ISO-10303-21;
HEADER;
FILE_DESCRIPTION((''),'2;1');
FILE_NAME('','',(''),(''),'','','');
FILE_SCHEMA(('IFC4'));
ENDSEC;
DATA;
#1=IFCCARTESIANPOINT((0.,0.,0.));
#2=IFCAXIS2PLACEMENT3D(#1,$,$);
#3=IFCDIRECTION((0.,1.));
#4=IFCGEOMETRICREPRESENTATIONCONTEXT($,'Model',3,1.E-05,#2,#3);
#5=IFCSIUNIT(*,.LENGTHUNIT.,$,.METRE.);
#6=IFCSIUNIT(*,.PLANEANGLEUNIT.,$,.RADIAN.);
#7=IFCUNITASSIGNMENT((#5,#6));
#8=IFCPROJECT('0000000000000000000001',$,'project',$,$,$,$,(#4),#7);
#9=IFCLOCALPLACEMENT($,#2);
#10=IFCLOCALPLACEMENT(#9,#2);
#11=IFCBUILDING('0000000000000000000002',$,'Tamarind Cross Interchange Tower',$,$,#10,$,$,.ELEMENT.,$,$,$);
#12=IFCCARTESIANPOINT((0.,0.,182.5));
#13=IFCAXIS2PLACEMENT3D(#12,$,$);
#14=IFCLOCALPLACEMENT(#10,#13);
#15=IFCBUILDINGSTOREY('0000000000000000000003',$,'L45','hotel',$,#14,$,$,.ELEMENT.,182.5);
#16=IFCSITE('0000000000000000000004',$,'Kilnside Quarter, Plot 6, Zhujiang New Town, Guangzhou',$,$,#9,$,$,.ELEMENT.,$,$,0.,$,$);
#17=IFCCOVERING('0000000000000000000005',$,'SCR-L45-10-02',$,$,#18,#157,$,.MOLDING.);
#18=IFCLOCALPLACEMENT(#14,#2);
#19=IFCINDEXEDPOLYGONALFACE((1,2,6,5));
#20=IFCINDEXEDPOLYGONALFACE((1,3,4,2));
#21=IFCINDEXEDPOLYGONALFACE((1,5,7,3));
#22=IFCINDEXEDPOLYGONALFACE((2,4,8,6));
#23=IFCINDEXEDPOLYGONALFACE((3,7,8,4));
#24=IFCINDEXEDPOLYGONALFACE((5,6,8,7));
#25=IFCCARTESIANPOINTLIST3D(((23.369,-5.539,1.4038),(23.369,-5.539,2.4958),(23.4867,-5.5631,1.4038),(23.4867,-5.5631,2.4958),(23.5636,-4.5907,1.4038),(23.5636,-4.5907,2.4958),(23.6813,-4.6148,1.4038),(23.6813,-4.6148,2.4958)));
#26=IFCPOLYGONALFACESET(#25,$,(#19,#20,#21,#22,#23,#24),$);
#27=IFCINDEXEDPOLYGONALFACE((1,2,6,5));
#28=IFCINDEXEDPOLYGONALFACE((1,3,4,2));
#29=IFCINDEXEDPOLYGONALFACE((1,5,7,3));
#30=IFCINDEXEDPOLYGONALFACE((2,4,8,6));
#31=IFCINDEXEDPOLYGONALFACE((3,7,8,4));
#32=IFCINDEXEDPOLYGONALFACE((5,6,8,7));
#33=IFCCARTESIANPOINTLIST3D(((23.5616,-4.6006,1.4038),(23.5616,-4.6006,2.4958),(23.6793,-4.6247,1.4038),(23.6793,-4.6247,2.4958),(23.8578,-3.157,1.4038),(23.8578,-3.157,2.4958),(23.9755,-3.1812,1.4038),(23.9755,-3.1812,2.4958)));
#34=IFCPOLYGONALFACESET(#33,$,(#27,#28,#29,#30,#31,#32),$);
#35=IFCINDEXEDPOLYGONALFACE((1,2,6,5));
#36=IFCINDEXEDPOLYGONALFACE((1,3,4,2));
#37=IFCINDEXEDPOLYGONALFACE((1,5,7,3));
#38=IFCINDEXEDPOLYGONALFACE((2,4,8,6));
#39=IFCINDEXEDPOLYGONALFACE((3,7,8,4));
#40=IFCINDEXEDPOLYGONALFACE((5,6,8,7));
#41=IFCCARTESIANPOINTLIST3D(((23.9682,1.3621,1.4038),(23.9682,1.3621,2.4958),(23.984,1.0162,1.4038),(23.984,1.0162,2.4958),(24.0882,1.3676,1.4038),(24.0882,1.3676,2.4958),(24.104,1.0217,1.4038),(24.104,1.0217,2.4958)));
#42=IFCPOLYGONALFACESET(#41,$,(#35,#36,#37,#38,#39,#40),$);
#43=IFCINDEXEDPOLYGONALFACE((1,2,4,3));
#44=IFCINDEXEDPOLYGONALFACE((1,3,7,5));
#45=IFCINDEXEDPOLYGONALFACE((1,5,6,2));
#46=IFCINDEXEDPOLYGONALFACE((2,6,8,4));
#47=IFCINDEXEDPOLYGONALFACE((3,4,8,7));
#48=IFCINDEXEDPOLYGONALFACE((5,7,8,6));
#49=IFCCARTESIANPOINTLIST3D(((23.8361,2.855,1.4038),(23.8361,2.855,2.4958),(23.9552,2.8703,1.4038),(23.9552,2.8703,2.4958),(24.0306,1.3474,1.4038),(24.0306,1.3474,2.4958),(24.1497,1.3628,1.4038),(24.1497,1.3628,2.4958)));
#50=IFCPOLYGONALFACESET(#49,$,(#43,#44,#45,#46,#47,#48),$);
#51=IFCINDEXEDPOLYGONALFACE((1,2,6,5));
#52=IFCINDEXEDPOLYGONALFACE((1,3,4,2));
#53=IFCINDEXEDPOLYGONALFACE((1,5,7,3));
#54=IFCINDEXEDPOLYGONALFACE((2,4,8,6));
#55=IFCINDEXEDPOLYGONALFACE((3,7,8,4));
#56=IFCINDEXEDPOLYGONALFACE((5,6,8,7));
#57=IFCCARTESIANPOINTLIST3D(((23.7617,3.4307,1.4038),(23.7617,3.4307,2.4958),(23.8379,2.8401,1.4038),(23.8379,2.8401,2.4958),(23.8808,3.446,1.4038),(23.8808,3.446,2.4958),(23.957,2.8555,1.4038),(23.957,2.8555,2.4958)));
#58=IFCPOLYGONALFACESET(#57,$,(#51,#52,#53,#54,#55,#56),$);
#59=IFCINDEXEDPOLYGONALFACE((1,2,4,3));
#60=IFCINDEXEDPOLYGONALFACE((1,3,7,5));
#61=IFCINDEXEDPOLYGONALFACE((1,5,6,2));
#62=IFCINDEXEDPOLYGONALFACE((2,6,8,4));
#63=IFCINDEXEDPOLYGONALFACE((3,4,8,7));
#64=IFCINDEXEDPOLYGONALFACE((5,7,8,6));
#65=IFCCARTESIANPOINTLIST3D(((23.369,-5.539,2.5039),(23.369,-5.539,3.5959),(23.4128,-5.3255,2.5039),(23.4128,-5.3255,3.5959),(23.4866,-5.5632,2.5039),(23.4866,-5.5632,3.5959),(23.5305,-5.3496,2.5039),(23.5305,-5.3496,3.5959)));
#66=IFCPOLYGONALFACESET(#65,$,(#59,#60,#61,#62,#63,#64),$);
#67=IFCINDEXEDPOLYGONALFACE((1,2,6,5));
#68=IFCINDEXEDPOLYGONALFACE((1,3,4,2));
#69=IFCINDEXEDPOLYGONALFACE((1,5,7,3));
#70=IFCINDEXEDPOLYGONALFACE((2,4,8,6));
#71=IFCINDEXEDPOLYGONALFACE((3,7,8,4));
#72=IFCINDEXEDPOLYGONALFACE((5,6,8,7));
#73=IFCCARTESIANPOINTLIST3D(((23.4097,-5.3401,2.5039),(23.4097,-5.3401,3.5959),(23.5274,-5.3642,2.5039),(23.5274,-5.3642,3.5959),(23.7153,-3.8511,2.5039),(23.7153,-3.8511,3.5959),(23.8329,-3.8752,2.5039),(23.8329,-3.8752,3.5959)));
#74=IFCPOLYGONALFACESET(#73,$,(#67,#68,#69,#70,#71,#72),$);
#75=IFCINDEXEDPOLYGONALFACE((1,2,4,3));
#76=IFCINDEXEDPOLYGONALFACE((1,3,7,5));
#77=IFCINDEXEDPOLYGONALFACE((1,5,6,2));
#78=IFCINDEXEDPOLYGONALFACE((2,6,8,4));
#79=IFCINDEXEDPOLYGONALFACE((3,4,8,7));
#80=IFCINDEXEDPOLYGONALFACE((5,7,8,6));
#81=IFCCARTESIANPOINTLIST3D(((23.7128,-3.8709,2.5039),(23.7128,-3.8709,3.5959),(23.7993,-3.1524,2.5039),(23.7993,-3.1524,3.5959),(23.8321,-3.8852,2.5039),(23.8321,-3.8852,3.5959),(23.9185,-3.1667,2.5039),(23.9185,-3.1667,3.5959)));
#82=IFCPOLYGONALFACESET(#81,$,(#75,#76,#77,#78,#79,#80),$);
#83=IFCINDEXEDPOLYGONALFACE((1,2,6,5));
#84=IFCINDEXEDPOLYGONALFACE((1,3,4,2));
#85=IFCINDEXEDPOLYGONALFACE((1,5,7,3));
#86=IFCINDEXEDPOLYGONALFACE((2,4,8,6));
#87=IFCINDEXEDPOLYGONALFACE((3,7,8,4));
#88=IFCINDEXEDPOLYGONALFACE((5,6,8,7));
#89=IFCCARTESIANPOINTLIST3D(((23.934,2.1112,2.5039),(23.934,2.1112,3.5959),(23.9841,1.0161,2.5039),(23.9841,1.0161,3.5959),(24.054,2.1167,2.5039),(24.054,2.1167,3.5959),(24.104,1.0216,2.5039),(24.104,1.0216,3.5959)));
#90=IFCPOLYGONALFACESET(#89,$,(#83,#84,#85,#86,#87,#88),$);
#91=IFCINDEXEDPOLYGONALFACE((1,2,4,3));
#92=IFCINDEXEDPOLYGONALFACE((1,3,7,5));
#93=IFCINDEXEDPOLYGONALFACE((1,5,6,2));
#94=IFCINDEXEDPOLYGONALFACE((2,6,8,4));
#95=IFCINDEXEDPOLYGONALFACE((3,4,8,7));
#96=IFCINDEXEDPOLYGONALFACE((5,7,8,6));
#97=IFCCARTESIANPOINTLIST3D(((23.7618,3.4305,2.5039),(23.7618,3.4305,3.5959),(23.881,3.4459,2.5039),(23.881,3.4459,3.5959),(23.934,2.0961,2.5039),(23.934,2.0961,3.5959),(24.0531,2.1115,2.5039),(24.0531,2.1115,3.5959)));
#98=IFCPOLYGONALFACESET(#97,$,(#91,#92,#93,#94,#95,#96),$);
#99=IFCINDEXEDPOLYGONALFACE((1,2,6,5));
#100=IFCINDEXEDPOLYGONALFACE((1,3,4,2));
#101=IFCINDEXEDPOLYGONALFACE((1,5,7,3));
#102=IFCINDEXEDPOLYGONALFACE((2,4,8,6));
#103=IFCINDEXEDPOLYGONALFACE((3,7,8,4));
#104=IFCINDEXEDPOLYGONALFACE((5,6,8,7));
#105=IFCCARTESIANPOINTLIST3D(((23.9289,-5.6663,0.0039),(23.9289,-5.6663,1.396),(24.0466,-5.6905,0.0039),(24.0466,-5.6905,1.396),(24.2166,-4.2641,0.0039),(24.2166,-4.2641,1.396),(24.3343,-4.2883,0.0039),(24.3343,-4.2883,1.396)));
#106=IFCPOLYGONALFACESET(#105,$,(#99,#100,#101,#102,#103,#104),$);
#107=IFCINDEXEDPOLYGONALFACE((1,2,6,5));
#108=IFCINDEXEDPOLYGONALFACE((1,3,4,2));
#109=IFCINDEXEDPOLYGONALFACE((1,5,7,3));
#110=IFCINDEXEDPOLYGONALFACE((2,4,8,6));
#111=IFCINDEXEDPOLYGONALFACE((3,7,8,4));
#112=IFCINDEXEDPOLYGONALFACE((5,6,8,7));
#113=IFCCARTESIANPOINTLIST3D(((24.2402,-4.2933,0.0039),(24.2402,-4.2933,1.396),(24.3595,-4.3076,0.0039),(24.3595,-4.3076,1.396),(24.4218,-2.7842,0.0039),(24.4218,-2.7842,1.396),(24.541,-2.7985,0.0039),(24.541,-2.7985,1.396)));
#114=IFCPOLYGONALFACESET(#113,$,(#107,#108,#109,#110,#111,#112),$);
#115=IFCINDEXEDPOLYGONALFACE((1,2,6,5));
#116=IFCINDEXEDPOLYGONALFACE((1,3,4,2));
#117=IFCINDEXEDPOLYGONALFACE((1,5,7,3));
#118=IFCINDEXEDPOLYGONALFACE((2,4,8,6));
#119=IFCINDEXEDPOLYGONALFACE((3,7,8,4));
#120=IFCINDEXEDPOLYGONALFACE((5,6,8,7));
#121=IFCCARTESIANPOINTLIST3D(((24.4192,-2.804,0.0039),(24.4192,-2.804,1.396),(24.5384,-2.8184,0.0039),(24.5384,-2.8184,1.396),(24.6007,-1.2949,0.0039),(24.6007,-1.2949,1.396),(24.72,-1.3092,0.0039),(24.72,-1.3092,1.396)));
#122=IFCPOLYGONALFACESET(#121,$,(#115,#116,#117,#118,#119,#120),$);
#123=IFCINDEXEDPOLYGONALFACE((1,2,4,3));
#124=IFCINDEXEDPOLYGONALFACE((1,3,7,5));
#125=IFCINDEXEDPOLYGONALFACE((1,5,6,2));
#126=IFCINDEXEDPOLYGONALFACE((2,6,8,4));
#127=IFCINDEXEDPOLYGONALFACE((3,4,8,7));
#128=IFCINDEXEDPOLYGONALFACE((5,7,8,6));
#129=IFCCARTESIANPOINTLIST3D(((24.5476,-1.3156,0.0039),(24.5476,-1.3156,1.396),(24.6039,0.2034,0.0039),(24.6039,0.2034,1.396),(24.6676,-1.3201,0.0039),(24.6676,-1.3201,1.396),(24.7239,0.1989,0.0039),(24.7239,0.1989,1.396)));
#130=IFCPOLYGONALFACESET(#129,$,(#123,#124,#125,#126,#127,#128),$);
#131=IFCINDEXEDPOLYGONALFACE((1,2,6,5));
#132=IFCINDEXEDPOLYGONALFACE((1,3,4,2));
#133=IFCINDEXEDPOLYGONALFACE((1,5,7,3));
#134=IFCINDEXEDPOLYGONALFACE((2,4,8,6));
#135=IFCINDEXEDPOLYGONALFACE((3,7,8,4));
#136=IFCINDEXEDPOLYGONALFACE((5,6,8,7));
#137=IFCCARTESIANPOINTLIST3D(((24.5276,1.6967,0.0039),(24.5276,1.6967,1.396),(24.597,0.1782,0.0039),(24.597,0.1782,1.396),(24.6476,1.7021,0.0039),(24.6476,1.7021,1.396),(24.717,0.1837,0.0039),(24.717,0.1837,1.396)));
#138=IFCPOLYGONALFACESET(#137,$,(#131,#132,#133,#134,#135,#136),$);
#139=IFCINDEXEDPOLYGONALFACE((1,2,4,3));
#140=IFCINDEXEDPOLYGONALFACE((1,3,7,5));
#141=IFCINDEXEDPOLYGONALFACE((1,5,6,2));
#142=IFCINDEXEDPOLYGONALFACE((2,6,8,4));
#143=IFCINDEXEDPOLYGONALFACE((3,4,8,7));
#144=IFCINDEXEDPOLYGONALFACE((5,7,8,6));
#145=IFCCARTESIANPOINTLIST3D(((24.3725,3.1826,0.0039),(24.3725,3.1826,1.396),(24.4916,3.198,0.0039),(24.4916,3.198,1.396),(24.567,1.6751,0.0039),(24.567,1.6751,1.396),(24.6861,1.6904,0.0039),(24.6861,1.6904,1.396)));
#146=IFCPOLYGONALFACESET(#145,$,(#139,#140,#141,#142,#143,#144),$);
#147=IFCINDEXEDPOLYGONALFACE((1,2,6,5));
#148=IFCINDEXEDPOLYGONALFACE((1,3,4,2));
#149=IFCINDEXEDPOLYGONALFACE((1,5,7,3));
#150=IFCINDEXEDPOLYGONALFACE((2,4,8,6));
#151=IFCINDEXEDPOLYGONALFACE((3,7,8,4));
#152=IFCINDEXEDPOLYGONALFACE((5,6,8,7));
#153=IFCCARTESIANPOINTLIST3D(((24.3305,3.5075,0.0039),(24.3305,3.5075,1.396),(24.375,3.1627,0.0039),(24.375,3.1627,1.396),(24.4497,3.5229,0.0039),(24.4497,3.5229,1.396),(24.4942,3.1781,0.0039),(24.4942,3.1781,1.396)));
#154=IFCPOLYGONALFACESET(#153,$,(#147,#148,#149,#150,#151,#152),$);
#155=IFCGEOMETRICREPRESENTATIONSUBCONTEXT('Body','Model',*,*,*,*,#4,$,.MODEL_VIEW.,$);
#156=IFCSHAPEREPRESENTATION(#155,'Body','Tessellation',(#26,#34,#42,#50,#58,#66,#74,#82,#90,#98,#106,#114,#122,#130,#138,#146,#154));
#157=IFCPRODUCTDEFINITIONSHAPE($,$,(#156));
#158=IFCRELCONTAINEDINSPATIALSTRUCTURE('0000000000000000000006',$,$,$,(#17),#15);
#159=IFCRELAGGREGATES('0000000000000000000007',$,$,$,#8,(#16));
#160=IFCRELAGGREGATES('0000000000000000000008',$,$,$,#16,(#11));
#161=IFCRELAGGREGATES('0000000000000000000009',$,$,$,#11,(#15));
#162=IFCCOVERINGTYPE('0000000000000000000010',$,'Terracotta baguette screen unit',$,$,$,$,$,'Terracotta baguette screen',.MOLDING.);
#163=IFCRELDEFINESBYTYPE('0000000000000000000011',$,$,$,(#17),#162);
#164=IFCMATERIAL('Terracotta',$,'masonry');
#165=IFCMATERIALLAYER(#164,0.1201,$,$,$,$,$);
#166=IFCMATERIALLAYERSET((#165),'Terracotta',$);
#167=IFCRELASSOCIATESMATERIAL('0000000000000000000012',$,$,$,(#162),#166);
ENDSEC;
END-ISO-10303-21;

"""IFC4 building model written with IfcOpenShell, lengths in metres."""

from ifc_helpers import new_model, si_unit, direction, frame, origin, origin_2d, place, context, subcontext, project, spatial, rectangle, extrude, material, layer, layer_set, type_object, element, save


model = new_model("IFC4")

# Units and contexts
model_context = context("Model", 3, precision=1e-05, world=origin(), true_north=direction((0.0, 1.0)))
body_context = subcontext(model_context, "Body", "Model", "MODEL_VIEW")
ifc_project = project(units=[si_unit("LENGTHUNIT", "METRE"), si_unit("PLANEANGLEUNIT", "RADIAN")], contexts=[model_context])

# Site, building, storey
site_placement = place(None, origin())
site = spatial("IfcSite", under=ifc_project, at=site_placement, Name="Kilnside Quarter, Plot 6, Zhujiang New Town, Guangzhou", CompositionType="ELEMENT", RefElevation=0.0)
building_placement = place(site_placement, origin())
building = spatial("IfcBuilding", under=site, at=building_placement, Name="Tamarind Cross Interchange Tower", CompositionType="ELEMENT")
storey_placement = place(building_placement, frame((0.0, 0.0, 182.5)))
storey = spatial("IfcBuildingStorey", under=building, at=storey_placement, Name="L45", Description="hotel", CompositionType="ELEMENT", Elevation=182.5)

# Covering
ifc_material_1 = material(Name="Terracotta", Category="masonry")
ifc_layer_1 = layer(ifc_material_1, 0.1201)
ifc_layer_set_1 = layer_set([ifc_layer_1], Name="Terracotta")
covering_type = type_object("IfcCoveringType", Name="Terracotta baguette screen unit", ElementType="Terracotta baguette screen", PredefinedType="MOLDING", material=ifc_layer_set_1)
covering_1_placement = place(storey_placement, origin())
element("IfcCovering", 1, at=covering_1_placement, inside=storey, type_object=covering_type, Name="SCR-L45-10-02", PredefinedType="MOLDING", context=body_context, shape_type="SweptSolid", body=[
    extrude(rectangle(XDim=0.968, YDim=0.1201, at=origin_2d()), frame((23.5251, -5.0769, 1.4038), z_axis=(0.0, 0.0, 1.0), x_axis=(0.201001, 0.979591, 0.0)), (0.0, 0.0, 1.0), 1.092),
    extrude(rectangle(XDim=1.4736, YDim=0.1201, at=origin_2d()), frame((23.7686, -3.8909, 1.4038), z_axis=(0.0, 0.0, 1.0), x_axis=(0.201001, 0.979591, 0.0)), (0.0, 0.0, 1.0), 1.092),
    extrude(rectangle(XDim=0.3462, YDim=0.1201, at=origin_2d()), frame((24.0361, 1.1919, 1.4038), z_axis=(0.0, 0.0, 1.0), x_axis=(-0.045624, 0.998959, 0.0)), (0.0, 0.0, 1.0), 1.092),
    extrude(rectangle(XDim=1.52, YDim=0.1201, at=origin_2d()), frame((23.9929, 2.1089, 1.4038), z_axis=(0.0, 0.0, 1.0), x_axis=(-0.127962, 0.991779, 0.0)), (0.0, 0.0, 1.0), 1.092),
    extrude(rectangle(XDim=0.5955, YDim=0.1201, at=origin_2d()), frame((23.8594, 3.1431, 1.4038), z_axis=(0.0, 0.0, 1.0), x_axis=(-0.127962, 0.991779, 0.0)), (0.0, 0.0, 1.0), 1.092),
    extrude(rectangle(XDim=0.218, YDim=0.1201, at=origin_2d()), frame((23.4497, -5.4443, 2.5039), z_axis=(0.0, 0.0, 1.0), x_axis=(0.201001, 0.979591, 0.0)), (0.0, 0.0, 1.0), 1.092),
    extrude(rectangle(XDim=1.52, YDim=0.1201, at=origin_2d()), frame((23.6213, -4.6077, 2.5039), z_axis=(0.0, 0.0, 1.0), x_axis=(0.201001, 0.979591, 0.0)), (0.0, 0.0, 1.0), 1.092),
    extrude(rectangle(XDim=0.7236, YDim=0.1201, at=origin_2d()), frame((23.8157, -3.5188, 2.5039), z_axis=(0.0, 0.0, 1.0), x_axis=(0.119421, 0.992844, 0.0)), (0.0, 0.0, 1.0), 1.092),
    extrude(rectangle(XDim=1.0962, YDim=0.1201, at=origin_2d()), frame((24.019, 1.5664, 2.5039), z_axis=(0.0, 0.0, 1.0), x_axis=(-0.045624, 0.998959, 0.0)), (0.0, 0.0, 1.0), 1.092),
    extrude(rectangle(XDim=1.3455, YDim=0.1201, at=origin_2d()), frame((23.9075, 2.771, 2.5039), z_axis=(0.0, 0.0, 1.0), x_axis=(-0.127962, 0.991779, 0.0)), (0.0, 0.0, 1.0), 1.092),
    extrude(rectangle(XDim=1.4314, YDim=0.1201, at=origin_2d()), frame((24.1316, -4.9773, 0.0039), z_axis=(0.0, 0.0, 1.0), x_axis=(0.201001, 0.979591, 0.0)), (0.0, 0.0, 1.0), 1.3921),
    extrude(rectangle(XDim=1.52, YDim=0.1201, at=origin_2d()), frame((24.3906, -3.5459, 0.0039), z_axis=(0.0, 0.0, 1.0), x_axis=(0.119421, 0.992844, 0.0)), (0.0, 0.0, 1.0), 1.3921),
    extrude(rectangle(XDim=1.52, YDim=0.1201, at=origin_2d()), frame((24.5696, -2.0566, 0.0039), z_axis=(0.0, 0.0, 1.0), x_axis=(0.119421, 0.992844, 0.0)), (0.0, 0.0, 1.0), 1.3921),
    extrude(rectangle(XDim=1.52, YDim=0.1201, at=origin_2d()), frame((24.6357, -0.5583, 0.0039), z_axis=(0.0, 0.0, 1.0), x_axis=(0.037025, 0.999314, 0.0)), (0.0, 0.0, 1.0), 1.3921),
    extrude(rectangle(XDim=1.52, YDim=0.1201, at=origin_2d()), frame((24.6223, 0.9402, 0.0039), z_axis=(0.0, 0.0, 1.0), x_axis=(-0.045624, 0.998959, 0.0)), (0.0, 0.0, 1.0), 1.3921),
    extrude(rectangle(XDim=1.52, YDim=0.1201, at=origin_2d()), frame((24.5293, 2.4365, 0.0039), z_axis=(0.0, 0.0, 1.0), x_axis=(-0.127962, 0.991779, 0.0)), (0.0, 0.0, 1.0), 1.3921),
    extrude(rectangle(XDim=0.3477, YDim=0.1201, at=origin_2d()), frame((24.4124, 3.3428, 0.0039), z_axis=(0.0, 0.0, 1.0), x_axis=(-0.127962, 0.991779, 0.0)), (0.0, 0.0, 1.0), 1.3921),
])

save(model, "model.ifc")
